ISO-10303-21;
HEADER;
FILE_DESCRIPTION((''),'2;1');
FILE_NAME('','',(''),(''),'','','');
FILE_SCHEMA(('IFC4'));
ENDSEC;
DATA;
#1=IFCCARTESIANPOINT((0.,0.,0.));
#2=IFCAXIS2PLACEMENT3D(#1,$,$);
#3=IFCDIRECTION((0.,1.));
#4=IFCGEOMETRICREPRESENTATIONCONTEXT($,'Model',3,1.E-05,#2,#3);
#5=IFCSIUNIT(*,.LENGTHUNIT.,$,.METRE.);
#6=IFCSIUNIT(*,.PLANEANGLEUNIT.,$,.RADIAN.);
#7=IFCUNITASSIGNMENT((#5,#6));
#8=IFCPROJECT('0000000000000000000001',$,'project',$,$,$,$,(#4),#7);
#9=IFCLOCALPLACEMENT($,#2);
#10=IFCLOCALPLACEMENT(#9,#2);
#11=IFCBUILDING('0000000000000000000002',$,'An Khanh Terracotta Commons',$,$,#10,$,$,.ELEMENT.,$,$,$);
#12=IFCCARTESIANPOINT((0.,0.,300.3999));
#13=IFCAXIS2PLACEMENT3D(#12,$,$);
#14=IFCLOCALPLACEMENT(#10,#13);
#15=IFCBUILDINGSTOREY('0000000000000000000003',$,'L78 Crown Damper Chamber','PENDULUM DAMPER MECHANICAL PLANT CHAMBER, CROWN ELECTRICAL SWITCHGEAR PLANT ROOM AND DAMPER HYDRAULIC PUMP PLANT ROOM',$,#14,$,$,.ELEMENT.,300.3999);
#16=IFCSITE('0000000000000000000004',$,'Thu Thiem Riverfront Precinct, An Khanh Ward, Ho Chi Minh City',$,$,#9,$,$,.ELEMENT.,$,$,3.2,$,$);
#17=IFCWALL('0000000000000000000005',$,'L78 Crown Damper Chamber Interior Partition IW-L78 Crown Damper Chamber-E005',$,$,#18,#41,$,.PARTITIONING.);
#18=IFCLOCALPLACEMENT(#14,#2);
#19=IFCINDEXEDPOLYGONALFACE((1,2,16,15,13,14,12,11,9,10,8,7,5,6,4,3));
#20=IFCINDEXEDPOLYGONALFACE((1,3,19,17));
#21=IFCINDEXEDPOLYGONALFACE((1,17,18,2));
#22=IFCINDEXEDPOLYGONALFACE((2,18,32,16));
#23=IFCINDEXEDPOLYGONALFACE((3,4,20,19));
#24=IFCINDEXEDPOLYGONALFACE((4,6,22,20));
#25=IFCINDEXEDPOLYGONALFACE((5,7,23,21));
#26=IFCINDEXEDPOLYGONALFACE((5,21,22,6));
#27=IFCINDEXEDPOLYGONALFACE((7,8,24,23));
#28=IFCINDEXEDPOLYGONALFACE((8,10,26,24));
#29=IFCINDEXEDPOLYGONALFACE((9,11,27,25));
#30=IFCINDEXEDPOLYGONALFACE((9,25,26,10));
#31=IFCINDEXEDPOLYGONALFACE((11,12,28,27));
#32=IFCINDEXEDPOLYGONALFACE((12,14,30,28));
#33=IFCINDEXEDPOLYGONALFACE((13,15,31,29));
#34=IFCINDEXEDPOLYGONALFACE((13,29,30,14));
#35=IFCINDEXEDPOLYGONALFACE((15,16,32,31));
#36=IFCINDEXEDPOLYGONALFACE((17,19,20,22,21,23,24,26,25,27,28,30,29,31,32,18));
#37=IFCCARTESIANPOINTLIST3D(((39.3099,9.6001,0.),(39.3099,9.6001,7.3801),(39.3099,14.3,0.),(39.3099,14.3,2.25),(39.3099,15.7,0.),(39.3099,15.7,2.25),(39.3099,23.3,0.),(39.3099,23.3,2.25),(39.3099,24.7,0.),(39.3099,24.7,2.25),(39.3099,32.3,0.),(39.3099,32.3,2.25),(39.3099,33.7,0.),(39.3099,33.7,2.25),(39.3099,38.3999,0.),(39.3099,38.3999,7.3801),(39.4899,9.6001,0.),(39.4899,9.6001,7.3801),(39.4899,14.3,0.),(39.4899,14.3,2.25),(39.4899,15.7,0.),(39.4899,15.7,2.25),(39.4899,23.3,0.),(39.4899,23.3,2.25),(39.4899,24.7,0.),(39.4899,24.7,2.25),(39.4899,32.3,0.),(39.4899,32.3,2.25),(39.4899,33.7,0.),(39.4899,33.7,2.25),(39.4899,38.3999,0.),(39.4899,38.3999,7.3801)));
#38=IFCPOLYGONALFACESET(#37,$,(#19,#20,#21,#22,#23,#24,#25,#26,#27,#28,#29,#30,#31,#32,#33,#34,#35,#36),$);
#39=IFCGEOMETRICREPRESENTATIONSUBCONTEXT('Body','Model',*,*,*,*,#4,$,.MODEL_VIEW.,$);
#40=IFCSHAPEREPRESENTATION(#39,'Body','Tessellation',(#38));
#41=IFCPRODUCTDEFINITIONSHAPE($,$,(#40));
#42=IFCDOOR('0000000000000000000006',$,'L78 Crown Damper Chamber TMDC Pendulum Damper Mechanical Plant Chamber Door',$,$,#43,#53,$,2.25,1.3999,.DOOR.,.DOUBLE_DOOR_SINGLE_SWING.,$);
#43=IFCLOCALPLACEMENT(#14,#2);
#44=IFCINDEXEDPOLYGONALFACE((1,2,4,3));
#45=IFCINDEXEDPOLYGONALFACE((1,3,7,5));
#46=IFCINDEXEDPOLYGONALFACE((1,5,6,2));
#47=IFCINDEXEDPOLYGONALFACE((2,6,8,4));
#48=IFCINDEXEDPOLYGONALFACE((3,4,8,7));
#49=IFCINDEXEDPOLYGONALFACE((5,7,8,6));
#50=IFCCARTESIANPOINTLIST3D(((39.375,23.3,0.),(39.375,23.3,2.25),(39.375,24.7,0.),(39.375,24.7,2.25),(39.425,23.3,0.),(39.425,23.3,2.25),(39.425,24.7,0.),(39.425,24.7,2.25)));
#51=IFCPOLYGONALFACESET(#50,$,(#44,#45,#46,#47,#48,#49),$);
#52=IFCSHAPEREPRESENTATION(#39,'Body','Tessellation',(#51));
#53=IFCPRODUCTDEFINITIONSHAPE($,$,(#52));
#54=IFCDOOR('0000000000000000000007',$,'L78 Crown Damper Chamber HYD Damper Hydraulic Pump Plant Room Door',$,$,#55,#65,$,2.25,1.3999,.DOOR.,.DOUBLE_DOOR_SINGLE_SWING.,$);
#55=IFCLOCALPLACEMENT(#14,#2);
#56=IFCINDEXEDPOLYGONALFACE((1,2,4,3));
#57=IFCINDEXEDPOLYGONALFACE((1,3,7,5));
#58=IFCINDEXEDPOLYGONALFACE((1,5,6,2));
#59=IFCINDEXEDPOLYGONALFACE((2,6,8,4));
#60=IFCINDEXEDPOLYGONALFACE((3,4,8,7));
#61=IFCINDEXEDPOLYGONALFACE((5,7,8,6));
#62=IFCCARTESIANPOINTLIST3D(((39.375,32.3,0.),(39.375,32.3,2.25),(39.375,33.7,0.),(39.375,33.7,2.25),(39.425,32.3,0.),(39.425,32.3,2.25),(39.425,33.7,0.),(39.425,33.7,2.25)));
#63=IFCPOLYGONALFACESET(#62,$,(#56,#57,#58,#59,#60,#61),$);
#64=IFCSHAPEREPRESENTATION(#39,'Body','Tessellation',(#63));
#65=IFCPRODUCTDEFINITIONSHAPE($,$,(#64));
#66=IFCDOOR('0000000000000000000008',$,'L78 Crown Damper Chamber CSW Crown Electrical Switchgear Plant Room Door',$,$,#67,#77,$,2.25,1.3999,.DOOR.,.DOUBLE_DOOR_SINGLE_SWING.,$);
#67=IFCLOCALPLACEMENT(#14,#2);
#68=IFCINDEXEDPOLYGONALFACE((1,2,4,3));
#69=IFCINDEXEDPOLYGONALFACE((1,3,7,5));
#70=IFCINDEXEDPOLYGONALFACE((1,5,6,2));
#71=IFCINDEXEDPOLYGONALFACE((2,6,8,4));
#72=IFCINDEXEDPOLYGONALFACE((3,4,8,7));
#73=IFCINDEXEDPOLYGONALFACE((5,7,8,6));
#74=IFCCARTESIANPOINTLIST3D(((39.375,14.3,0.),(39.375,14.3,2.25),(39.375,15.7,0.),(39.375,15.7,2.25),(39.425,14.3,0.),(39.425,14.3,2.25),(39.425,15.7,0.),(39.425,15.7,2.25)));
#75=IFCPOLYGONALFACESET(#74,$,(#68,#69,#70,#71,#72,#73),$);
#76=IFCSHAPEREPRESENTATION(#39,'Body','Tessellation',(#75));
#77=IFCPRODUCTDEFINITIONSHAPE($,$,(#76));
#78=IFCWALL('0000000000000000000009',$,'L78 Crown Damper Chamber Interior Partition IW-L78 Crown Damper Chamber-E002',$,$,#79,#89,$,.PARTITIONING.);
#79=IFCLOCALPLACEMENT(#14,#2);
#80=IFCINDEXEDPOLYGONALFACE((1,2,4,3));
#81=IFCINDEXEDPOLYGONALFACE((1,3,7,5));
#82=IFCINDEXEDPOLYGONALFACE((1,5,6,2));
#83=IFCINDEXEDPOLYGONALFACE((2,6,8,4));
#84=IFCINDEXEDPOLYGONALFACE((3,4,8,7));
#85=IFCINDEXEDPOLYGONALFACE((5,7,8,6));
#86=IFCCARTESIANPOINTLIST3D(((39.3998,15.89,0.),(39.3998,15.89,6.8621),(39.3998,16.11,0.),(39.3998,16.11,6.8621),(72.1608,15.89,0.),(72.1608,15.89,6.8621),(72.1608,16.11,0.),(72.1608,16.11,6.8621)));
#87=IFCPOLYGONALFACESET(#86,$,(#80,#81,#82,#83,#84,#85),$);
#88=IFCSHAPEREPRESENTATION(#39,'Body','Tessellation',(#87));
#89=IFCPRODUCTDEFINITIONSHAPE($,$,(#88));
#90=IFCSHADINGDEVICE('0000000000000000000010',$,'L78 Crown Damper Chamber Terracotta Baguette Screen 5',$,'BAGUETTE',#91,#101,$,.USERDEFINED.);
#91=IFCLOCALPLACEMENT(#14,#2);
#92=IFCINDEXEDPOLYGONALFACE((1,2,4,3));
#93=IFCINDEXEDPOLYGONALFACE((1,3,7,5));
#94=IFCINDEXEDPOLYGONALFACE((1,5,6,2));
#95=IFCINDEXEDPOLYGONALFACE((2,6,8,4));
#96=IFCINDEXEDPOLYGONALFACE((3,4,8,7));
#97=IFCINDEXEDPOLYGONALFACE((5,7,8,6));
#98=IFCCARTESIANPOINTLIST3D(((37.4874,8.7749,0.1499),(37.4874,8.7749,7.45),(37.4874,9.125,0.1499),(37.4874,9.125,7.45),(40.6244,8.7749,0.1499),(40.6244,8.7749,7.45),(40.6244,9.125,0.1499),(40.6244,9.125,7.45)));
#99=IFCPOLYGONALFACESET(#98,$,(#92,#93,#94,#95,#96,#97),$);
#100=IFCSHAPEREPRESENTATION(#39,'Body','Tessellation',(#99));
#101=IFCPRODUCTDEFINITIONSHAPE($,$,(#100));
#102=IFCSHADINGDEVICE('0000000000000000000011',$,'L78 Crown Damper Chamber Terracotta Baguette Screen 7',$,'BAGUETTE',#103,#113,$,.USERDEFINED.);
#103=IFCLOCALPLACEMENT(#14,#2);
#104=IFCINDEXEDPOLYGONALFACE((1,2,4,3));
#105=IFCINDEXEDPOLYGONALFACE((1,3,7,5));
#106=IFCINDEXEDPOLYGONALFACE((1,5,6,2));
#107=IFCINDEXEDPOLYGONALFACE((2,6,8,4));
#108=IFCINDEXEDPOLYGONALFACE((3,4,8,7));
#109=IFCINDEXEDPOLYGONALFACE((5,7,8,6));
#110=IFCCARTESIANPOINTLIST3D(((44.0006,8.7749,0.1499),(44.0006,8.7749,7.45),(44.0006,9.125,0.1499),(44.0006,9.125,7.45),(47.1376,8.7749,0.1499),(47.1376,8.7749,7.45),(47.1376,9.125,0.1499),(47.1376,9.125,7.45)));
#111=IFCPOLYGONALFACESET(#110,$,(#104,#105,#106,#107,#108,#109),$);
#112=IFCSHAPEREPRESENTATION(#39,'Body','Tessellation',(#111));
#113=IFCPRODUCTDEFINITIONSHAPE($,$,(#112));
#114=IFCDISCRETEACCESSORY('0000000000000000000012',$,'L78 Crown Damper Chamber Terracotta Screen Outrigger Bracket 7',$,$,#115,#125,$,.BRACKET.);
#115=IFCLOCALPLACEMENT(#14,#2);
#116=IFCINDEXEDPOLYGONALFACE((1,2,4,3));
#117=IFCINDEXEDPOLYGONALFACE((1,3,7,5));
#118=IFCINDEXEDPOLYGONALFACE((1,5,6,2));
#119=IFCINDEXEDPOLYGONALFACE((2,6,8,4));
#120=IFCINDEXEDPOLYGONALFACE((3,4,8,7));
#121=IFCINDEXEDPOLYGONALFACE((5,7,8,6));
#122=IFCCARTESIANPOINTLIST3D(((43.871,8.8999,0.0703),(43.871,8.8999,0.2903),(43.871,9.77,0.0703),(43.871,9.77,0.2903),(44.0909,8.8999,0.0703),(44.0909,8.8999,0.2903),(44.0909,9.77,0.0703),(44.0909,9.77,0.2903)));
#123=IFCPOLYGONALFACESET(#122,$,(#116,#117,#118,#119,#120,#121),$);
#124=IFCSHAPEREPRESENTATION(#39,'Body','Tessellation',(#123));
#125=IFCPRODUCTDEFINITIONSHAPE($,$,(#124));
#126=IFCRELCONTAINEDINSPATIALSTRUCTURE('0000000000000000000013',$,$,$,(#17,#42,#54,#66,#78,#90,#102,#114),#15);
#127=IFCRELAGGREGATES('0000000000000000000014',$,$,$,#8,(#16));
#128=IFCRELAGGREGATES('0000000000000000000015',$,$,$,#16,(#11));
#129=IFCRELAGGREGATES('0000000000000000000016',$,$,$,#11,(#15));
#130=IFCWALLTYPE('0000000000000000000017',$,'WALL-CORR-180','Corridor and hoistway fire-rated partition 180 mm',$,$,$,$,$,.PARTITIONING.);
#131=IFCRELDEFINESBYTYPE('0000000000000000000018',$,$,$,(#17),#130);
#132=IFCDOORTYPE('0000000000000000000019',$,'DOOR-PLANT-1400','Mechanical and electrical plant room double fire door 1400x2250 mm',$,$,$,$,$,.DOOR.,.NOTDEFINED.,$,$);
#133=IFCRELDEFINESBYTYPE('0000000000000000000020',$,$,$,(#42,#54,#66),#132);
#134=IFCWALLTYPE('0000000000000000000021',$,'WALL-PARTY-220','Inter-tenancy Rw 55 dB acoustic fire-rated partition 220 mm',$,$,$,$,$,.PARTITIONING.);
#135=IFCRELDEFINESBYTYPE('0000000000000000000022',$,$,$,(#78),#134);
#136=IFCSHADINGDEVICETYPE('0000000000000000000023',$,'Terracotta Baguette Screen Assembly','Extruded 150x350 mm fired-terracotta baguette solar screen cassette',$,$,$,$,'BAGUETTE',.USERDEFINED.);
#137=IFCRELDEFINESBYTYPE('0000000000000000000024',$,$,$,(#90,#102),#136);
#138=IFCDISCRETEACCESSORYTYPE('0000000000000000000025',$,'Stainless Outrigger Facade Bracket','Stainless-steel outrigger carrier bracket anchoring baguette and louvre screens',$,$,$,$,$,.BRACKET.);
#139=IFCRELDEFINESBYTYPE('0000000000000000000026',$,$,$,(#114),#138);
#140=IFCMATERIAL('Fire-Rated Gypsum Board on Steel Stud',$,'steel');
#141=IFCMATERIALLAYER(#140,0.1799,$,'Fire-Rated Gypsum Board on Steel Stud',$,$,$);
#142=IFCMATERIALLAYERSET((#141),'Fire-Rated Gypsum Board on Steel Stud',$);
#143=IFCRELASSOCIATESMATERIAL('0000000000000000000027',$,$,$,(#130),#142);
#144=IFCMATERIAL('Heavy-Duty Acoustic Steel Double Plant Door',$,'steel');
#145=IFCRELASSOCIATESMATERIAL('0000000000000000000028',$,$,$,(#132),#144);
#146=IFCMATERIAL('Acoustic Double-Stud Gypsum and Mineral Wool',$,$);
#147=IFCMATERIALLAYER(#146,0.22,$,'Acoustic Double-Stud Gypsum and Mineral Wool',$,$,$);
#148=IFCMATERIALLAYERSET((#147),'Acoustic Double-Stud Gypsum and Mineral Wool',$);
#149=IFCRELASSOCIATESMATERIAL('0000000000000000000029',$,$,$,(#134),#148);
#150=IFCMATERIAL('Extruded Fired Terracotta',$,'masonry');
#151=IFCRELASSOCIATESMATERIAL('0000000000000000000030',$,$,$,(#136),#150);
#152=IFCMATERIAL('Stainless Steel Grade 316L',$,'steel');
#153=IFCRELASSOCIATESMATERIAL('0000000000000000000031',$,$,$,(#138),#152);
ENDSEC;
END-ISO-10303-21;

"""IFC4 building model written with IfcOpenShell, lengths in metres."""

from ifc_helpers import new_model, si_unit, direction, frame, frame_2d, origin, origin_2d, place, context, subcontext, project, spatial, rectangle, extrude, material, layer, layer_set, type_object, element, fill, save


model = new_model("IFC4")

# Units and contexts
model_context = context("Model", 3, precision=1e-05, world=origin(), true_north=direction((0.0, 1.0)))
body_context = subcontext(model_context, "Body", "Model", "MODEL_VIEW")
ifc_project = project(units=[si_unit("LENGTHUNIT", "METRE"), si_unit("PLANEANGLEUNIT", "RADIAN")], contexts=[model_context])

# Site, building, storey
site_placement = place(None, origin())
site = spatial("IfcSite", under=ifc_project, at=site_placement, Name="Thu Thiem Riverfront Precinct, An Khanh Ward, Ho Chi Minh City", CompositionType="ELEMENT", RefElevation=3.2)
building_placement = place(site_placement, origin())
building = spatial("IfcBuilding", under=site, at=building_placement, Name="An Khanh Terracotta Commons", CompositionType="ELEMENT")
storey_placement = place(building_placement, frame((0.0, 0.0, 300.3999)))
storey = spatial("IfcBuildingStorey", under=building, at=storey_placement, Name="L78 Crown Damper Chamber", Description="PENDULUM DAMPER MECHANICAL PLANT CHAMBER, CROWN ELECTRICAL SWITCHGEAR PLANT ROOM AND DAMPER HYDRAULIC PUMP PLANT ROOM", CompositionType="ELEMENT", Elevation=300.3999)

# Wall, openings, doors
ifc_material_1 = material(Name="Fire-Rated Gypsum Board on Steel Stud", Category="steel")
ifc_layer_1 = layer(ifc_material_1, 0.1799, Name="Fire-Rated Gypsum Board on Steel Stud")
ifc_layer_set_1 = layer_set([ifc_layer_1], Name="Fire-Rated Gypsum Board on Steel Stud")
wall_type_1 = type_object("IfcWallType", Name="WALL-CORR-180", Description="Corridor and hoistway fire-rated partition 180 mm", PredefinedType="PARTITIONING", material=ifc_layer_set_1)
wall_1_placement = place(storey_placement, frame((39.3999, 9.6001, 0.0), z_axis=(0.0, 0.0, 1.0), x_axis=(0.0, 1.0, 0.0)))
wall_1 = element("IfcWall", 1, at=wall_1_placement, inside=storey, type_object=wall_type_1, Name="L78 Crown Damper Chamber Interior Partition IW-L78 Crown Damper Chamber-E005", PredefinedType="PARTITIONING", context=body_context, shape_type="SweptSolid", body=[
    extrude(rectangle(XDim=28.7998, YDim=0.1799, at=frame_2d((14.3999, 0.0))), origin(), (0.0, 0.0, 1.0), 7.3801),
])
opening_1_placement = place(wall_1_placement, frame((13.7, 0.0, 0.0)))
opening_1 = element("IfcOpeningElement", 2, at=opening_1_placement, cuts=wall_1, PredefinedType="OPENING", context=body_context, shape_type="SweptSolid", body=[
    extrude(rectangle(XDim=1.3999, YDim=2.25, at=frame_2d((0.7, 1.125))), frame((0.0, 0.0999, 0.0), z_axis=(0.0, -1.0, 0.0), x_axis=(1.0, 0.0, 0.0)), (0.0, 0.0, 1.0), 0.2),
])
opening_2_placement = place(wall_1_placement, frame((22.7, 0.0, 0.0)))
opening_2 = element("IfcOpeningElement", 3, at=opening_2_placement, cuts=wall_1, PredefinedType="OPENING", context=body_context, shape_type="SweptSolid", body=[
    extrude(rectangle(XDim=1.3999, YDim=2.25, at=frame_2d((0.7, 1.125))), frame((0.0, 0.0999, 0.0), z_axis=(0.0, -1.0, 0.0), x_axis=(1.0, 0.0, 0.0)), (0.0, 0.0, 1.0), 0.2),
])
opening_3_placement = place(wall_1_placement, frame((4.7, 0.0, 0.0)))
opening_3 = element("IfcOpeningElement", 4, at=opening_3_placement, cuts=wall_1, PredefinedType="OPENING", context=body_context, shape_type="SweptSolid", body=[
    extrude(rectangle(XDim=1.3999, YDim=2.25, at=frame_2d((0.7, 1.125))), frame((0.0, 0.0999, 0.0), z_axis=(0.0, -1.0, 0.0), x_axis=(1.0, 0.0, 0.0)), (0.0, 0.0, 1.0), 0.2),
])
ifc_material_2 = material(Name="Heavy-Duty Acoustic Steel Double Plant Door", Category="steel")
door_type = type_object("IfcDoorType", Name="DOOR-PLANT-1400", Description="Mechanical and electrical plant room double fire door 1400x2250 mm", OperationType="NOTDEFINED", PredefinedType="DOOR", material=ifc_material_2)
door_1_placement = place(opening_1_placement, origin())
door_1 = element("IfcDoor", 5, at=door_1_placement, inside=storey, type_object=door_type, Name="L78 Crown Damper Chamber TMDC Pendulum Damper Mechanical Plant Chamber Door", OperationType="DOUBLE_DOOR_SINGLE_SWING", OverallHeight=2.25, OverallWidth=1.3999, PredefinedType="DOOR", context=body_context, shape_type="SweptSolid", body=[
    extrude(rectangle(XDim=1.3999, YDim=2.25, at=frame_2d((0.7, 1.125))), frame((0.0, 0.0249, 0.0), z_axis=(0.0, -1.0, 0.0), x_axis=(1.0, 0.0, 0.0)), (0.0, 0.0, 1.0), 0.05),
])
fill(opening_1, door_1)
door_2_placement = place(opening_2_placement, origin())
door_2 = element("IfcDoor", 6, at=door_2_placement, inside=storey, type_object=door_type, Name="L78 Crown Damper Chamber HYD Damper Hydraulic Pump Plant Room Door", OperationType="DOUBLE_DOOR_SINGLE_SWING", OverallHeight=2.25, OverallWidth=1.3999, PredefinedType="DOOR", context=body_context, shape_type="SweptSolid", body=[
    extrude(rectangle(XDim=1.3999, YDim=2.25, at=frame_2d((0.7, 1.125))), frame((0.0, 0.0249, 0.0), z_axis=(0.0, -1.0, 0.0), x_axis=(1.0, 0.0, 0.0)), (0.0, 0.0, 1.0), 0.05),
])
fill(opening_2, door_2)
door_3_placement = place(opening_3_placement, origin())
door_3 = element("IfcDoor", 7, at=door_3_placement, inside=storey, type_object=door_type, Name="L78 Crown Damper Chamber CSW Crown Electrical Switchgear Plant Room Door", OperationType="DOUBLE_DOOR_SINGLE_SWING", OverallHeight=2.25, OverallWidth=1.3999, PredefinedType="DOOR", context=body_context, shape_type="SweptSolid", body=[
    extrude(rectangle(XDim=1.3999, YDim=2.25, at=frame_2d((0.7, 1.125))), frame((0.0, 0.0249, 0.0), z_axis=(0.0, -1.0, 0.0), x_axis=(1.0, 0.0, 0.0)), (0.0, 0.0, 1.0), 0.05),
])
fill(opening_3, door_3)

# Wall
ifc_material_3 = material(Name="Acoustic Double-Stud Gypsum and Mineral Wool")
ifc_layer_2 = layer(ifc_material_3, 0.22, Name="Acoustic Double-Stud Gypsum and Mineral Wool")
ifc_layer_set_2 = layer_set([ifc_layer_2], Name="Acoustic Double-Stud Gypsum and Mineral Wool")
wall_type_2 = type_object("IfcWallType", Name="WALL-PARTY-220", Description="Inter-tenancy Rw 55 dB acoustic fire-rated partition 220 mm", PredefinedType="PARTITIONING", material=ifc_layer_set_2)
wall_2_placement = place(storey_placement, frame((39.3999, 16.0, 0.0), z_axis=(0.0, 0.0, 1.0), x_axis=(1.0, 0.0, 0.0)))
element("IfcWall", 8, at=wall_2_placement, inside=storey, type_object=wall_type_2, Name="L78 Crown Damper Chamber Interior Partition IW-L78 Crown Damper Chamber-E002", PredefinedType="PARTITIONING", context=body_context, shape_type="SweptSolid", body=[
    extrude(rectangle(XDim=32.761, YDim=0.22, at=frame_2d((16.3804, 0.0))), origin(), (0.0, 0.0, 1.0), 6.8621),
])

# Shading devices
ifc_material_4 = material(Name="Extruded Fired Terracotta", Category="masonry")
shading_device_type = type_object("IfcShadingDeviceType", Name="Terracotta Baguette Screen Assembly", Description="Extruded 150x350 mm fired-terracotta baguette solar screen cassette", ElementType="BAGUETTE", PredefinedType="USERDEFINED", material=ifc_material_4)
for number, where, z_axis, x_axis, name in (
    (9, (39.0559, 8.95, 0.1499), (0.0, 0.0, 1.0), (1.0, 0.0, 0.0), "L78 Crown Damper Chamber Terracotta Baguette Screen 5"),
    (10, (45.5691, 8.95, 0.1499), (0.0, 0.0, 1.0), (1.0, 0.0, 0.0), "L78 Crown Damper Chamber Terracotta Baguette Screen 7"),
):
    element("IfcShadingDevice", number, at=place(storey_placement, frame(where, z_axis=z_axis, x_axis=x_axis)), inside=storey, type_object=shading_device_type, Name=name, ObjectType="BAGUETTE", PredefinedType="USERDEFINED", context=body_context, shape_type="SweptSolid", body=[
        extrude(rectangle(XDim=3.137, YDim=0.3501, at=origin_2d()), origin(), (0.0, 0.0, 1.0), 7.3),
    ])

# Discrete accessory
ifc_material_5 = material(Name="Stainless Steel Grade 316L", Category="steel")
discrete_accessory_type = type_object("IfcDiscreteAccessoryType", Name="Stainless Outrigger Facade Bracket", Description="Stainless-steel outrigger carrier bracket anchoring baguette and louvre screens", PredefinedType="BRACKET", material=ifc_material_5)
discrete_accessory_placement = place(storey_placement, frame((43.981, 9.335, 0.0703), z_axis=(0.0, 0.0, 1.0), x_axis=(1.0, 0.0, 0.0)))
element("IfcDiscreteAccessory", 11, at=discrete_accessory_placement, inside=storey, type_object=discrete_accessory_type, Name="L78 Crown Damper Chamber Terracotta Screen Outrigger Bracket 7", PredefinedType="BRACKET", context=body_context, shape_type="SweptSolid", body=[
    extrude(rectangle(XDim=0.22, YDim=0.8701, at=origin_2d()), origin(), (0.0, 0.0, 1.0), 0.22),
])

save(model, "model.ifc")
